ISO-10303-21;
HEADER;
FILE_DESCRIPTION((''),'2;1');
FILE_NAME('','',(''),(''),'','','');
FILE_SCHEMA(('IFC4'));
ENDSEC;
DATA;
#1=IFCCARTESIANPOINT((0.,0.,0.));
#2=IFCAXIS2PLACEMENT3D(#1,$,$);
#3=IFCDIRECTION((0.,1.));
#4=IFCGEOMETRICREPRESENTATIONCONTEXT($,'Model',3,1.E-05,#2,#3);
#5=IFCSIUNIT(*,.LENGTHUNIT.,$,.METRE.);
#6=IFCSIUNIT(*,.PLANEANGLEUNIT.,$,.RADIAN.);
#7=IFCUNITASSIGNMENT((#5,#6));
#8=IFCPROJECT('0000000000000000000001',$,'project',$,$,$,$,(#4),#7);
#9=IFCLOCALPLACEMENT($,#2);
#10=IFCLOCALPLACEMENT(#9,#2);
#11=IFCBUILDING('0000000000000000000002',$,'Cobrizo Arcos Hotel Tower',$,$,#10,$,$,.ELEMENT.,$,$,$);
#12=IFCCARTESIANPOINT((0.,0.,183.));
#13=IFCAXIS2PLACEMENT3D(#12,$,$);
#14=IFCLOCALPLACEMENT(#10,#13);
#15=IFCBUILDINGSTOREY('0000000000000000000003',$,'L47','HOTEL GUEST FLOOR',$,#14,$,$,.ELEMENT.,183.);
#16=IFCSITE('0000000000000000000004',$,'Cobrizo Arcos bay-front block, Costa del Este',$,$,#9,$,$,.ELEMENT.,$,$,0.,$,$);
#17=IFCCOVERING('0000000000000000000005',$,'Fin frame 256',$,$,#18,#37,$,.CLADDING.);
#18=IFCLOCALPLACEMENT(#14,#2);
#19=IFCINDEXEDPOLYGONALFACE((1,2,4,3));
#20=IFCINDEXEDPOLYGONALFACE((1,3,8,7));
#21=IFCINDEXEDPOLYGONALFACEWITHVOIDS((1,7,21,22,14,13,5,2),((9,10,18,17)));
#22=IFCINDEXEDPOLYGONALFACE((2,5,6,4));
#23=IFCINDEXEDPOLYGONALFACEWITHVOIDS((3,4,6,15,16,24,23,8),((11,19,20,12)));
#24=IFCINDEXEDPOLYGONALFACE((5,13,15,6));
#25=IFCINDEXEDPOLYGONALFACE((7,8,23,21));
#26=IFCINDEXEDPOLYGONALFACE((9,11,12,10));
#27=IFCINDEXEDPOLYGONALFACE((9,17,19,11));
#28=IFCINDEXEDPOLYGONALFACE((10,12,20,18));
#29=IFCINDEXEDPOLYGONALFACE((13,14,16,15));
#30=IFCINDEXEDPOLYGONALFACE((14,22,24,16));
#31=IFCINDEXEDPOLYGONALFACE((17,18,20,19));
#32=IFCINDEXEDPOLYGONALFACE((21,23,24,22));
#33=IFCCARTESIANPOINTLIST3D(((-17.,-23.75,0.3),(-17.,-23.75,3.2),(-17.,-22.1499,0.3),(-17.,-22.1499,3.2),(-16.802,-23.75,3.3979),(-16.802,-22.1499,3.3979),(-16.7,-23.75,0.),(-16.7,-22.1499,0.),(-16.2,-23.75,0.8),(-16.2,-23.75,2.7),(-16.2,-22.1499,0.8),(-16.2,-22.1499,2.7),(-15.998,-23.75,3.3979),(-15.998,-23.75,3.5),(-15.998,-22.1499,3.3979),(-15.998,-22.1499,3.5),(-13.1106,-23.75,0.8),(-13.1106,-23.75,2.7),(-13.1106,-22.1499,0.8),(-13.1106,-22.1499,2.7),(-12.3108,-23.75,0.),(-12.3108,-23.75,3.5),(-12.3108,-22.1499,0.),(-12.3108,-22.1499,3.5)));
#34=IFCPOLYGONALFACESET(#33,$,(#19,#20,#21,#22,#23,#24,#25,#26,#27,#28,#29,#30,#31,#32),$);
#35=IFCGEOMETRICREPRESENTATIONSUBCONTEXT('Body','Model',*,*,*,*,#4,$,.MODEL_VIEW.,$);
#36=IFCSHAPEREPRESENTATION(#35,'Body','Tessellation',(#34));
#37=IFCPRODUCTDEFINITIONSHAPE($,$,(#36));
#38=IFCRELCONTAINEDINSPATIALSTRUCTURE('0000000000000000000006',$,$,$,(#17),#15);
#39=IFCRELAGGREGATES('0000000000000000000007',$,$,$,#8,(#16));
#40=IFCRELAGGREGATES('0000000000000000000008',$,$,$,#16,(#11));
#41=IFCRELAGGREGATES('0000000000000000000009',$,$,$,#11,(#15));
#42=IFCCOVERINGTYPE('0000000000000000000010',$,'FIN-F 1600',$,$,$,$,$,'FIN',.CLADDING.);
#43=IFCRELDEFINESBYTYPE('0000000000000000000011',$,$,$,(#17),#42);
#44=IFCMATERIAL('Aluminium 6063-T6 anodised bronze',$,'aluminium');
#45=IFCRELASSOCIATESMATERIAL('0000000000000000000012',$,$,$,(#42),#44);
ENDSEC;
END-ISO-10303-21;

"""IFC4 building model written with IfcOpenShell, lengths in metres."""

from ifc_helpers import new_model, si_unit, direction, frame, origin, place, context, subcontext, project, spatial, polyline, outline, extrude, material, type_object, element, save


model = new_model("IFC4")

# Units and contexts
model_context = context("Model", 3, precision=1e-05, world=origin(), true_north=direction((0.0, 1.0)))
body_context = subcontext(model_context, "Body", "Model", "MODEL_VIEW")
ifc_project = project(units=[si_unit("LENGTHUNIT", "METRE"), si_unit("PLANEANGLEUNIT", "RADIAN")], contexts=[model_context])

# Site, building, storey
site_placement = place(None, origin())
site = spatial("IfcSite", under=ifc_project, at=site_placement, Name="Cobrizo Arcos bay-front block, Costa del Este", CompositionType="ELEMENT", RefElevation=0.0)
building_placement = place(site_placement, origin())
building = spatial("IfcBuilding", under=site, at=building_placement, Name="Cobrizo Arcos Hotel Tower", CompositionType="ELEMENT")
storey_placement = place(building_placement, frame((0.0, 0.0, 183.0)))
storey = spatial("IfcBuildingStorey", under=building, at=storey_placement, Name="L47", Description="HOTEL GUEST FLOOR", CompositionType="ELEMENT", Elevation=183.0)

# Shared definitions
ifc_material_1 = material(Name="Aluminium 6063-T6 anodised bronze", Category="aluminium")

# Covering
covering_type_1 = type_object("IfcCoveringType", Name="FIN-F 1600", ElementType="FIN", PredefinedType="CLADDING", material=ifc_material_1)
covering_1_placement = place(storey_placement, frame((-17.0, -22.1499, 0.0), z_axis=(0.0, -1.0, 0.0), x_axis=(1.0, 0.0, 0.0)))
element("IfcCovering", 1, at=covering_1_placement, inside=storey, type_object=covering_type_1, Name="Fin frame 256", PredefinedType="CLADDING", context=body_context, shape_type="SweptSolid", body=[
    extrude(outline(polyline([(4.6892, 3.5), (1.002, 3.5), (1.002, 3.3979), (0.198, 3.3979), (0.0, 3.2), (0.0, 0.3), (0.3, 0.0), (4.6892, 0.0), (4.6892, 3.5)]), holes=[polyline([(3.8894, 0.8), (0.8, 0.8), (0.8, 2.7), (3.8894, 2.7), (3.8894, 0.8)])]), origin(), (0.0, 0.0, 1.0), 1.6001),
])

save(model, "model.ifc")
